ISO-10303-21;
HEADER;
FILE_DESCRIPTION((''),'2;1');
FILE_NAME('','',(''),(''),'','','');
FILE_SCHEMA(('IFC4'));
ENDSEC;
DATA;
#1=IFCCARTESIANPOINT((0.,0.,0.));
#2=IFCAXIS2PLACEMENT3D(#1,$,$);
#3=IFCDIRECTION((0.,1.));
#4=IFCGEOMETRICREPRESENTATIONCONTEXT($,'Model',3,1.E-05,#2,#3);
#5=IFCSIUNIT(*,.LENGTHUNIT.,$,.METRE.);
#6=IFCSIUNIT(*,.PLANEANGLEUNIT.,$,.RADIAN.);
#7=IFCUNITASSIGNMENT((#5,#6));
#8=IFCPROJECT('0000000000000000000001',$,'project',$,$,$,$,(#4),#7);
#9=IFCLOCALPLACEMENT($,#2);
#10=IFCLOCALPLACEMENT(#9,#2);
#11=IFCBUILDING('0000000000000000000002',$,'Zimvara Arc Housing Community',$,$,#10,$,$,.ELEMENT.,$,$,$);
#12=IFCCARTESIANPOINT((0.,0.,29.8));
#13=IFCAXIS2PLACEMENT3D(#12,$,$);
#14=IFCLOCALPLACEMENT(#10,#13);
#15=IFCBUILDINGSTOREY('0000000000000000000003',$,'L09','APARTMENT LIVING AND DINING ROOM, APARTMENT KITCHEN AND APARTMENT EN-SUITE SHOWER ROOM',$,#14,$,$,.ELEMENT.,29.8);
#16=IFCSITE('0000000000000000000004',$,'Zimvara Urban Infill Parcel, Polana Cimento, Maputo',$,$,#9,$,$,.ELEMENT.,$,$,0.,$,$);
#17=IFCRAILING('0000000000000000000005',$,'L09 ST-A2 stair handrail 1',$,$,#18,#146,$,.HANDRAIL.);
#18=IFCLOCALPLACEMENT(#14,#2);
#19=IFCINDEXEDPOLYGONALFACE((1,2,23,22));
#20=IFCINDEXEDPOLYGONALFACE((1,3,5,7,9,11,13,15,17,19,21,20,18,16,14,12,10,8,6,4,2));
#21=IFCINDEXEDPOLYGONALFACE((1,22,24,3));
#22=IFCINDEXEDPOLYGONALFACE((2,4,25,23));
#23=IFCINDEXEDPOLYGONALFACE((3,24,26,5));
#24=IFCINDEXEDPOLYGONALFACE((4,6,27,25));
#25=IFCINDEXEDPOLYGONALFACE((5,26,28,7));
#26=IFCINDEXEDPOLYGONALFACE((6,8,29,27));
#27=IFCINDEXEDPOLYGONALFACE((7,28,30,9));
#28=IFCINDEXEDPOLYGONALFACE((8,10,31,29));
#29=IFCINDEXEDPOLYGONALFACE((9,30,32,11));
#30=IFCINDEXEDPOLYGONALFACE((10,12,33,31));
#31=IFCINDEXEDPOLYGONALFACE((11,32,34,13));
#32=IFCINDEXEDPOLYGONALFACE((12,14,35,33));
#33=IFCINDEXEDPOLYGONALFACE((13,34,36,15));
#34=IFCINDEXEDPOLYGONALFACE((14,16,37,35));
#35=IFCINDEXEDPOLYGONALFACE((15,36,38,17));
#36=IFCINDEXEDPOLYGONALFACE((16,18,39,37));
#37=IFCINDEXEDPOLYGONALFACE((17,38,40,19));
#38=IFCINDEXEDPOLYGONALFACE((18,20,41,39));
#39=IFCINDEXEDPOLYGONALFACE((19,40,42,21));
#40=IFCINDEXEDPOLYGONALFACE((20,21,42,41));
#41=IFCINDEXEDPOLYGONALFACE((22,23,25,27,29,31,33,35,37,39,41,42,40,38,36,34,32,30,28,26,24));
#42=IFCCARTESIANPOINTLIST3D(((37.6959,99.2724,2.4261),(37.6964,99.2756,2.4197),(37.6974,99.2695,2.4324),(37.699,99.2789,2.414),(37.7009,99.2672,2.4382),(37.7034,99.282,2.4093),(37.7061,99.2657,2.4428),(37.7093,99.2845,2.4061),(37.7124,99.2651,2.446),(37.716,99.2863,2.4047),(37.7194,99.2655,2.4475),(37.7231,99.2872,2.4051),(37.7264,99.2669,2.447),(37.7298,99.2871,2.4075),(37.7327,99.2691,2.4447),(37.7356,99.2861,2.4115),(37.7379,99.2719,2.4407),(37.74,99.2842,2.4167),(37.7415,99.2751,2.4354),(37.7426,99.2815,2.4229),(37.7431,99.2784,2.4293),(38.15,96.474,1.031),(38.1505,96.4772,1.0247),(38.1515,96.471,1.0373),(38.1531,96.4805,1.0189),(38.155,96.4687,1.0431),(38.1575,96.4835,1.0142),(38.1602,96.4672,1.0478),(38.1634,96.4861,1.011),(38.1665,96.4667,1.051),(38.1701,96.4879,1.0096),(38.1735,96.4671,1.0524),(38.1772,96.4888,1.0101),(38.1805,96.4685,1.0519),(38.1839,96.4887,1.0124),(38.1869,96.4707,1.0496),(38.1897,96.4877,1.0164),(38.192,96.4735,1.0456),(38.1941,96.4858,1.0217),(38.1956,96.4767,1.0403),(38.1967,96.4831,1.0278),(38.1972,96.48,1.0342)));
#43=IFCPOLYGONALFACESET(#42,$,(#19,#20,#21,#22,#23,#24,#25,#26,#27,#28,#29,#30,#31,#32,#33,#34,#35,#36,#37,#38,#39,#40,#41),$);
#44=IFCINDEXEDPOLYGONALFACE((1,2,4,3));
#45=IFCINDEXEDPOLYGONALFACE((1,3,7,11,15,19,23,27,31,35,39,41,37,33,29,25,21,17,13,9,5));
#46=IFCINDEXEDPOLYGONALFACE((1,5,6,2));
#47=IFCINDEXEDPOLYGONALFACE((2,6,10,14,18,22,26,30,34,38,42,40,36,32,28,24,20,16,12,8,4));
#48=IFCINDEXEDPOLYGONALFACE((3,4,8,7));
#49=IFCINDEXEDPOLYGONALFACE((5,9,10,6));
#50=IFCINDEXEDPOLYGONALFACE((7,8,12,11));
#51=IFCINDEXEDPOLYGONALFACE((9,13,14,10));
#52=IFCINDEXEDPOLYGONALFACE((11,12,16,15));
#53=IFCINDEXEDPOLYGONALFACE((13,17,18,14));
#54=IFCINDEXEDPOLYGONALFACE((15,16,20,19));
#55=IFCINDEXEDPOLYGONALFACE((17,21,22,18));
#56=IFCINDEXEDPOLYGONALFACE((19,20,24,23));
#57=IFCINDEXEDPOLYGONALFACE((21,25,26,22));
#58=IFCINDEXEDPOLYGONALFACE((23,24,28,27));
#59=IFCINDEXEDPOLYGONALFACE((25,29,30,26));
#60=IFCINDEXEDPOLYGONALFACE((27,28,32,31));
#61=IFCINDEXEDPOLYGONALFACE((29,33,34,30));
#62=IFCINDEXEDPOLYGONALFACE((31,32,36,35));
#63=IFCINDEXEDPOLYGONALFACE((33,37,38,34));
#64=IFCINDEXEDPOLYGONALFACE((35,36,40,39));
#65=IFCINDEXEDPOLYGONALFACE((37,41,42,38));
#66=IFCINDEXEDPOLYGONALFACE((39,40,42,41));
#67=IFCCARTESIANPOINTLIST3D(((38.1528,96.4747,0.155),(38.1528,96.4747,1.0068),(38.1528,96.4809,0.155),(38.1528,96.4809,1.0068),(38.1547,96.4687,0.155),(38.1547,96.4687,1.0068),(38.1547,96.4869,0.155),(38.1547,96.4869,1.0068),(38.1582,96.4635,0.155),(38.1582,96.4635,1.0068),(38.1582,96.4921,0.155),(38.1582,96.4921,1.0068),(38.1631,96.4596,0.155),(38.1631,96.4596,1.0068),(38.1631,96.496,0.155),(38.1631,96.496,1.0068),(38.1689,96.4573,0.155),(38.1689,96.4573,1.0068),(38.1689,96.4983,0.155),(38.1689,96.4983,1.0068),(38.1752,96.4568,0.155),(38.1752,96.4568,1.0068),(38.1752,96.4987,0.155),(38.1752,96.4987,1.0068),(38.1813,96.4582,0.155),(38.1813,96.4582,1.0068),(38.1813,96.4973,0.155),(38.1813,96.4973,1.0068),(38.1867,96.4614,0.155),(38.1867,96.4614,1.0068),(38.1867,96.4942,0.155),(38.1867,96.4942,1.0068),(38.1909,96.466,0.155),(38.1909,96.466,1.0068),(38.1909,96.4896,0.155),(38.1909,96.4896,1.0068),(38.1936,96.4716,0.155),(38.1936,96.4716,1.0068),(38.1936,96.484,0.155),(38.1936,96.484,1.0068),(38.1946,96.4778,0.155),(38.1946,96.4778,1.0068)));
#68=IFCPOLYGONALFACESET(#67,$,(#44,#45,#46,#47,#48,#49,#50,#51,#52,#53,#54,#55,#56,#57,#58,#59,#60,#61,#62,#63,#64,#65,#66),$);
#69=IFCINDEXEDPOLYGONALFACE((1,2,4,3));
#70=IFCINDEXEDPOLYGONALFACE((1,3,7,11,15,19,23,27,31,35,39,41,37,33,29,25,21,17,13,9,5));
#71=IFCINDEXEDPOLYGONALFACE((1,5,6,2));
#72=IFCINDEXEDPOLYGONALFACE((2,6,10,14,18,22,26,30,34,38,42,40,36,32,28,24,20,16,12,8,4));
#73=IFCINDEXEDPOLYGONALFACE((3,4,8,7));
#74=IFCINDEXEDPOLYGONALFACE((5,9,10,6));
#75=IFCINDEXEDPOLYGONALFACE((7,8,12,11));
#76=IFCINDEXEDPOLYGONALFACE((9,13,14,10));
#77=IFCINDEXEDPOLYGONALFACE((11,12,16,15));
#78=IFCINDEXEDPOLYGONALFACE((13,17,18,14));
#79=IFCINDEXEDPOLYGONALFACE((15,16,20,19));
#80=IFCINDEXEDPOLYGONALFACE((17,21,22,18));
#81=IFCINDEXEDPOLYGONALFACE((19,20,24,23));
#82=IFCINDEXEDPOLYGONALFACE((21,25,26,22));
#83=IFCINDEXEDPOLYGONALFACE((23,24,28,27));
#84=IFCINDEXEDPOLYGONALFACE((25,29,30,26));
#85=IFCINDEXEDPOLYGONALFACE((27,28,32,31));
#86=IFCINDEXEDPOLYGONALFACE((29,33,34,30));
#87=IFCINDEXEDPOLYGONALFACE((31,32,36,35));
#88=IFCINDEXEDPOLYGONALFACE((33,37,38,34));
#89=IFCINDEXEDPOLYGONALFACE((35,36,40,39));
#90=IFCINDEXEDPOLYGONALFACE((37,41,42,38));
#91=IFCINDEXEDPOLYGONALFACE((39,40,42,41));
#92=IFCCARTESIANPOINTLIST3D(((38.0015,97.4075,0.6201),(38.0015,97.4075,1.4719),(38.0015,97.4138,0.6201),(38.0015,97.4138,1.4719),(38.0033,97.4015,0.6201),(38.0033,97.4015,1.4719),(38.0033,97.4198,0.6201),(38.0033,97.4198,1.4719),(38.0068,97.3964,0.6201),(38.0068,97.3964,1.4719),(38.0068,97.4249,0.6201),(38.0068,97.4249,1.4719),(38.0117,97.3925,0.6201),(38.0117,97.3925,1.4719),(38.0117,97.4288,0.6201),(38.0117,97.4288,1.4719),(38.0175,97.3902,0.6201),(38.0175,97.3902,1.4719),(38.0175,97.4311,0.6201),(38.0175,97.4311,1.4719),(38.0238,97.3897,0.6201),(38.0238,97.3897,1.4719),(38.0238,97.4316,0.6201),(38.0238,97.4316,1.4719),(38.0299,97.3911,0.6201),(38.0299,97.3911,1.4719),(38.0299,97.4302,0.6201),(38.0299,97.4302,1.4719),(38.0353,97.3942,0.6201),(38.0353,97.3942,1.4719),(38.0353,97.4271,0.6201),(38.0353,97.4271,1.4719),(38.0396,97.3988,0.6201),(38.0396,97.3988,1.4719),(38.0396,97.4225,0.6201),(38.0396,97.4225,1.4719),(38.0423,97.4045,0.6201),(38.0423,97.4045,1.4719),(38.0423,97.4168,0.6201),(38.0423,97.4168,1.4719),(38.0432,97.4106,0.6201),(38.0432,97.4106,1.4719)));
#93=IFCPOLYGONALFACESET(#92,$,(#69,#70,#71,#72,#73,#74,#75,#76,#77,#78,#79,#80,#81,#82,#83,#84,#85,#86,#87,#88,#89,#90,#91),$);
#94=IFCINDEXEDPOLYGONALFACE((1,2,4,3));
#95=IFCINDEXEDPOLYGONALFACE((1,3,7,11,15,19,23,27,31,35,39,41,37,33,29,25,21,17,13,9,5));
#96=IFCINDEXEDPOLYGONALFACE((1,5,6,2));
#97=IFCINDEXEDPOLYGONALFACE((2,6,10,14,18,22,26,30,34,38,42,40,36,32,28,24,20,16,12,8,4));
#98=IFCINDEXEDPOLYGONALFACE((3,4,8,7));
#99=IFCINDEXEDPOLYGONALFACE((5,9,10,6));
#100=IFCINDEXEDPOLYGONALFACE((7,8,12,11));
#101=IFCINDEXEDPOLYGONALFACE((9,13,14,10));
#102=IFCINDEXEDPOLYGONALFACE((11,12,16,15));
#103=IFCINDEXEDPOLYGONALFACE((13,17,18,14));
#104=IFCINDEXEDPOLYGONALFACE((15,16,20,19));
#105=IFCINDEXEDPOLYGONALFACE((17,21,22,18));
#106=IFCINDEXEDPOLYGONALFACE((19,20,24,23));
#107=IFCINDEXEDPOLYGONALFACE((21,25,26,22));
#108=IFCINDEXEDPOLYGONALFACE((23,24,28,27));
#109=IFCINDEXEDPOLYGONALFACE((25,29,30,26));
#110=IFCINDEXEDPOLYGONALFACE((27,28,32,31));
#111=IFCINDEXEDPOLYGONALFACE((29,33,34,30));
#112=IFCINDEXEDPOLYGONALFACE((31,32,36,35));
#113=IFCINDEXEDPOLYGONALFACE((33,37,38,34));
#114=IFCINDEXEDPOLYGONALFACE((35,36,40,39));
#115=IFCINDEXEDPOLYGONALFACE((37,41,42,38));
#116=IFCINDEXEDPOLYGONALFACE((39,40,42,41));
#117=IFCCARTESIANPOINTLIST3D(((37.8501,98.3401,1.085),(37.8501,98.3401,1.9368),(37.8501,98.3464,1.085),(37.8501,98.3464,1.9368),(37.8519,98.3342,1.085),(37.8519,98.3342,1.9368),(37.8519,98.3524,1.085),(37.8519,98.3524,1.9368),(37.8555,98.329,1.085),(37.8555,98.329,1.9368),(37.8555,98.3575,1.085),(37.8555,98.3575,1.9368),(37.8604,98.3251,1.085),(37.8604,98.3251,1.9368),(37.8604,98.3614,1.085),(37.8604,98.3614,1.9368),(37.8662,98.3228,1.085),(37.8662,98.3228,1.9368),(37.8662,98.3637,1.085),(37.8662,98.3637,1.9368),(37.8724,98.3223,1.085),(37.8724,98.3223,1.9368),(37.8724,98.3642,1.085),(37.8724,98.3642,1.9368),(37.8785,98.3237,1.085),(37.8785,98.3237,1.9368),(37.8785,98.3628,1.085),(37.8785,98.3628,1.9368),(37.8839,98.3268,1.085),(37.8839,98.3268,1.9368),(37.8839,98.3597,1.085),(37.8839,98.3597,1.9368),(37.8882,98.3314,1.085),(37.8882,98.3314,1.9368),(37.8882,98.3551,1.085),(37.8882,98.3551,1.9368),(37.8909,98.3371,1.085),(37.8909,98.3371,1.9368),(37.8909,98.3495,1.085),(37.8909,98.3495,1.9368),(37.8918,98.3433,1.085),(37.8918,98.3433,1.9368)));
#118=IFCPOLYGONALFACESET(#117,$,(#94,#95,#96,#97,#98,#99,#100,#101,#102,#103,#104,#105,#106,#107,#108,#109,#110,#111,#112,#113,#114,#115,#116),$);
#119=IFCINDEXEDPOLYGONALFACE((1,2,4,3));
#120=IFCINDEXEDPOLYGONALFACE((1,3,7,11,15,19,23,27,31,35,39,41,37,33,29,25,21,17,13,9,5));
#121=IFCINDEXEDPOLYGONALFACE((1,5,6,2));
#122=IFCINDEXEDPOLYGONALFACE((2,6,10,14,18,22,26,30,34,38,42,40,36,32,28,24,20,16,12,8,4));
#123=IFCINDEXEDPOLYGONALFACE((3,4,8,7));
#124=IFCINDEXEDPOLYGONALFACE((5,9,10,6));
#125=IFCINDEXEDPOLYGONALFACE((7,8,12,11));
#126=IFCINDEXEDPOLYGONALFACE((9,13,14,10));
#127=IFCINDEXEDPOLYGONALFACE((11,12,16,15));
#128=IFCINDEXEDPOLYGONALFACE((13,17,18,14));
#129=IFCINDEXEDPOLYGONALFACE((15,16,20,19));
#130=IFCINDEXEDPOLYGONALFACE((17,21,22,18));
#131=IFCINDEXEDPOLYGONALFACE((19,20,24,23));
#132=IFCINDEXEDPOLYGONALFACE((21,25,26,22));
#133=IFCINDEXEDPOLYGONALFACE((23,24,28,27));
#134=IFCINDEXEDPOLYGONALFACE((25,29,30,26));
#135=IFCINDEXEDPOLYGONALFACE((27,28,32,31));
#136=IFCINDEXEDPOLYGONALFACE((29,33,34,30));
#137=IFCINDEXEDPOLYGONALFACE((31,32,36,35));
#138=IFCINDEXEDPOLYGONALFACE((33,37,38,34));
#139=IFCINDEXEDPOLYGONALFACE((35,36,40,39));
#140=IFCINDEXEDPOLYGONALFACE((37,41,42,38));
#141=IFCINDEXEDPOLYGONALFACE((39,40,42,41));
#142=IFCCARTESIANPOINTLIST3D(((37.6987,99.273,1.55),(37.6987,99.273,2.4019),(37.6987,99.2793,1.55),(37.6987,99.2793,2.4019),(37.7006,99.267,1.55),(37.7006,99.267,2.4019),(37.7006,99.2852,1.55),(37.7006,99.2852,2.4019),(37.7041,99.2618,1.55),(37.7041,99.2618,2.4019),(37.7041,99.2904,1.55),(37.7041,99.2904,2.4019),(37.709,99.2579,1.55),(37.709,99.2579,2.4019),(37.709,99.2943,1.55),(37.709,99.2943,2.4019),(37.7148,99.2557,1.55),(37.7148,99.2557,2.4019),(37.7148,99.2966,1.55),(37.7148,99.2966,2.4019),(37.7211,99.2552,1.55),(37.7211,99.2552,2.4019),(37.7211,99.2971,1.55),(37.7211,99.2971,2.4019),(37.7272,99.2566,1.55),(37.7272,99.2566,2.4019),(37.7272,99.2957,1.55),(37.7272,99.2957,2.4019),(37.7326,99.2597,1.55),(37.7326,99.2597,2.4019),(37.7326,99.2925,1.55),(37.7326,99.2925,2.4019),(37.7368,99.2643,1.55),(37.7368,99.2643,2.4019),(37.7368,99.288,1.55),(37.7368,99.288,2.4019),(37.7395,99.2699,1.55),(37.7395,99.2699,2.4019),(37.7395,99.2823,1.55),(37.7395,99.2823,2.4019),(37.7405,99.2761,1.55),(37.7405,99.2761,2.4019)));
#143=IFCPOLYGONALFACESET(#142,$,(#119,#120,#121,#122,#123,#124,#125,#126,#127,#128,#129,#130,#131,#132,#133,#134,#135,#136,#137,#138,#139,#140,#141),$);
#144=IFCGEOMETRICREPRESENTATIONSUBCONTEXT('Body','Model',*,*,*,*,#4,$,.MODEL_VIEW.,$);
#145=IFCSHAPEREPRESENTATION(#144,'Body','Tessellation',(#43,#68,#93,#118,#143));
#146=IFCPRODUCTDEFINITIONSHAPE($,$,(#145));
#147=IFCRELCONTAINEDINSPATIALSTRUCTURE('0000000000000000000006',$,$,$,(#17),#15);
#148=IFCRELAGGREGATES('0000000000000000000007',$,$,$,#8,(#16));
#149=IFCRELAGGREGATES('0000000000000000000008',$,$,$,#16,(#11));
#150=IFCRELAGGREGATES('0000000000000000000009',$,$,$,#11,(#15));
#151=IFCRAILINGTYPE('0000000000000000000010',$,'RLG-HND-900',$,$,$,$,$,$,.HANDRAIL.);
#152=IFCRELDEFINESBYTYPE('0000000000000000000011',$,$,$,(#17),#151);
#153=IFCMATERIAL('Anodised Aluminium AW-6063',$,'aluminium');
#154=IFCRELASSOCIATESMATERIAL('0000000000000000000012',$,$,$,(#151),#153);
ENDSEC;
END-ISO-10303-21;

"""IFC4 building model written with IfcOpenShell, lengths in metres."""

from ifc_helpers import new_model, si_unit, direction, frame, origin, origin_2d, place, context, subcontext, project, spatial, circle, extrude, material, type_object, element, save


model = new_model("IFC4")

# Units and contexts
model_context = context("Model", 3, precision=1e-05, world=origin(), true_north=direction((0.0, 1.0)))
body_context = subcontext(model_context, "Body", "Model", "MODEL_VIEW")
ifc_project = project(units=[si_unit("LENGTHUNIT", "METRE"), si_unit("PLANEANGLEUNIT", "RADIAN")], contexts=[model_context])

# Site, building, storey
site_placement = place(None, origin())
site = spatial("IfcSite", under=ifc_project, at=site_placement, Name="Zimvara Urban Infill Parcel, Polana Cimento, Maputo", CompositionType="ELEMENT", RefElevation=0.0)
building_placement = place(site_placement, origin())
building = spatial("IfcBuilding", under=site, at=building_placement, Name="Zimvara Arc Housing Community", CompositionType="ELEMENT")
storey_placement = place(building_placement, frame((0.0, 0.0, 29.8)))
storey = spatial("IfcBuildingStorey", under=building, at=storey_placement, Name="L09", Description="APARTMENT LIVING AND DINING ROOM, APARTMENT KITCHEN AND APARTMENT EN-SUITE SHOWER ROOM", CompositionType="ELEMENT", Elevation=29.8)

# Railing
ifc_material_1 = material(Name="Anodised Aluminium AW-6063", Category="aluminium")
railing_type_1 = type_object("IfcRailingType", Name="RLG-HND-900", PredefinedType="HANDRAIL", material=ifc_material_1)
railing_1_placement = place(storey_placement, frame((38.1736, 96.4778, 0.155)))
element("IfcRailing", 1, at=railing_1_placement, inside=storey, type_object=railing_type_1, Name="L09 ST-A2 stair handrail 1", PredefinedType="HANDRAIL", context=body_context, shape_type="SweptSolid", body=[
    extrude(circle(Radius=0.0239, at=origin_2d()), frame((0.0, 0.0, 0.876), z_axis=(-0.143722, 0.885666, 0.44152), x_axis=(-0.987088, -0.16018, 0.0)), (0.0, 0.0, 1.0), 3.1597),
    extrude(circle(Radius=0.021, at=origin_2d()), origin(), (0.0, 0.0, 1.0), 0.8518),
    extrude(circle(Radius=0.021, at=origin_2d()), frame((-0.1514, 0.9329, 0.4651)), (0.0, 0.0, 1.0), 0.8518),
    extrude(circle(Radius=0.021, at=origin_2d()), frame((-0.3027, 1.8655, 0.9299)), (0.0, 0.0, 1.0), 0.8518),
    extrude(circle(Radius=0.021, at=origin_2d()), frame((-0.4541, 2.7983, 1.395)), (0.0, 0.0, 1.0), 0.8518),
])

save(model, "model.ifc")
